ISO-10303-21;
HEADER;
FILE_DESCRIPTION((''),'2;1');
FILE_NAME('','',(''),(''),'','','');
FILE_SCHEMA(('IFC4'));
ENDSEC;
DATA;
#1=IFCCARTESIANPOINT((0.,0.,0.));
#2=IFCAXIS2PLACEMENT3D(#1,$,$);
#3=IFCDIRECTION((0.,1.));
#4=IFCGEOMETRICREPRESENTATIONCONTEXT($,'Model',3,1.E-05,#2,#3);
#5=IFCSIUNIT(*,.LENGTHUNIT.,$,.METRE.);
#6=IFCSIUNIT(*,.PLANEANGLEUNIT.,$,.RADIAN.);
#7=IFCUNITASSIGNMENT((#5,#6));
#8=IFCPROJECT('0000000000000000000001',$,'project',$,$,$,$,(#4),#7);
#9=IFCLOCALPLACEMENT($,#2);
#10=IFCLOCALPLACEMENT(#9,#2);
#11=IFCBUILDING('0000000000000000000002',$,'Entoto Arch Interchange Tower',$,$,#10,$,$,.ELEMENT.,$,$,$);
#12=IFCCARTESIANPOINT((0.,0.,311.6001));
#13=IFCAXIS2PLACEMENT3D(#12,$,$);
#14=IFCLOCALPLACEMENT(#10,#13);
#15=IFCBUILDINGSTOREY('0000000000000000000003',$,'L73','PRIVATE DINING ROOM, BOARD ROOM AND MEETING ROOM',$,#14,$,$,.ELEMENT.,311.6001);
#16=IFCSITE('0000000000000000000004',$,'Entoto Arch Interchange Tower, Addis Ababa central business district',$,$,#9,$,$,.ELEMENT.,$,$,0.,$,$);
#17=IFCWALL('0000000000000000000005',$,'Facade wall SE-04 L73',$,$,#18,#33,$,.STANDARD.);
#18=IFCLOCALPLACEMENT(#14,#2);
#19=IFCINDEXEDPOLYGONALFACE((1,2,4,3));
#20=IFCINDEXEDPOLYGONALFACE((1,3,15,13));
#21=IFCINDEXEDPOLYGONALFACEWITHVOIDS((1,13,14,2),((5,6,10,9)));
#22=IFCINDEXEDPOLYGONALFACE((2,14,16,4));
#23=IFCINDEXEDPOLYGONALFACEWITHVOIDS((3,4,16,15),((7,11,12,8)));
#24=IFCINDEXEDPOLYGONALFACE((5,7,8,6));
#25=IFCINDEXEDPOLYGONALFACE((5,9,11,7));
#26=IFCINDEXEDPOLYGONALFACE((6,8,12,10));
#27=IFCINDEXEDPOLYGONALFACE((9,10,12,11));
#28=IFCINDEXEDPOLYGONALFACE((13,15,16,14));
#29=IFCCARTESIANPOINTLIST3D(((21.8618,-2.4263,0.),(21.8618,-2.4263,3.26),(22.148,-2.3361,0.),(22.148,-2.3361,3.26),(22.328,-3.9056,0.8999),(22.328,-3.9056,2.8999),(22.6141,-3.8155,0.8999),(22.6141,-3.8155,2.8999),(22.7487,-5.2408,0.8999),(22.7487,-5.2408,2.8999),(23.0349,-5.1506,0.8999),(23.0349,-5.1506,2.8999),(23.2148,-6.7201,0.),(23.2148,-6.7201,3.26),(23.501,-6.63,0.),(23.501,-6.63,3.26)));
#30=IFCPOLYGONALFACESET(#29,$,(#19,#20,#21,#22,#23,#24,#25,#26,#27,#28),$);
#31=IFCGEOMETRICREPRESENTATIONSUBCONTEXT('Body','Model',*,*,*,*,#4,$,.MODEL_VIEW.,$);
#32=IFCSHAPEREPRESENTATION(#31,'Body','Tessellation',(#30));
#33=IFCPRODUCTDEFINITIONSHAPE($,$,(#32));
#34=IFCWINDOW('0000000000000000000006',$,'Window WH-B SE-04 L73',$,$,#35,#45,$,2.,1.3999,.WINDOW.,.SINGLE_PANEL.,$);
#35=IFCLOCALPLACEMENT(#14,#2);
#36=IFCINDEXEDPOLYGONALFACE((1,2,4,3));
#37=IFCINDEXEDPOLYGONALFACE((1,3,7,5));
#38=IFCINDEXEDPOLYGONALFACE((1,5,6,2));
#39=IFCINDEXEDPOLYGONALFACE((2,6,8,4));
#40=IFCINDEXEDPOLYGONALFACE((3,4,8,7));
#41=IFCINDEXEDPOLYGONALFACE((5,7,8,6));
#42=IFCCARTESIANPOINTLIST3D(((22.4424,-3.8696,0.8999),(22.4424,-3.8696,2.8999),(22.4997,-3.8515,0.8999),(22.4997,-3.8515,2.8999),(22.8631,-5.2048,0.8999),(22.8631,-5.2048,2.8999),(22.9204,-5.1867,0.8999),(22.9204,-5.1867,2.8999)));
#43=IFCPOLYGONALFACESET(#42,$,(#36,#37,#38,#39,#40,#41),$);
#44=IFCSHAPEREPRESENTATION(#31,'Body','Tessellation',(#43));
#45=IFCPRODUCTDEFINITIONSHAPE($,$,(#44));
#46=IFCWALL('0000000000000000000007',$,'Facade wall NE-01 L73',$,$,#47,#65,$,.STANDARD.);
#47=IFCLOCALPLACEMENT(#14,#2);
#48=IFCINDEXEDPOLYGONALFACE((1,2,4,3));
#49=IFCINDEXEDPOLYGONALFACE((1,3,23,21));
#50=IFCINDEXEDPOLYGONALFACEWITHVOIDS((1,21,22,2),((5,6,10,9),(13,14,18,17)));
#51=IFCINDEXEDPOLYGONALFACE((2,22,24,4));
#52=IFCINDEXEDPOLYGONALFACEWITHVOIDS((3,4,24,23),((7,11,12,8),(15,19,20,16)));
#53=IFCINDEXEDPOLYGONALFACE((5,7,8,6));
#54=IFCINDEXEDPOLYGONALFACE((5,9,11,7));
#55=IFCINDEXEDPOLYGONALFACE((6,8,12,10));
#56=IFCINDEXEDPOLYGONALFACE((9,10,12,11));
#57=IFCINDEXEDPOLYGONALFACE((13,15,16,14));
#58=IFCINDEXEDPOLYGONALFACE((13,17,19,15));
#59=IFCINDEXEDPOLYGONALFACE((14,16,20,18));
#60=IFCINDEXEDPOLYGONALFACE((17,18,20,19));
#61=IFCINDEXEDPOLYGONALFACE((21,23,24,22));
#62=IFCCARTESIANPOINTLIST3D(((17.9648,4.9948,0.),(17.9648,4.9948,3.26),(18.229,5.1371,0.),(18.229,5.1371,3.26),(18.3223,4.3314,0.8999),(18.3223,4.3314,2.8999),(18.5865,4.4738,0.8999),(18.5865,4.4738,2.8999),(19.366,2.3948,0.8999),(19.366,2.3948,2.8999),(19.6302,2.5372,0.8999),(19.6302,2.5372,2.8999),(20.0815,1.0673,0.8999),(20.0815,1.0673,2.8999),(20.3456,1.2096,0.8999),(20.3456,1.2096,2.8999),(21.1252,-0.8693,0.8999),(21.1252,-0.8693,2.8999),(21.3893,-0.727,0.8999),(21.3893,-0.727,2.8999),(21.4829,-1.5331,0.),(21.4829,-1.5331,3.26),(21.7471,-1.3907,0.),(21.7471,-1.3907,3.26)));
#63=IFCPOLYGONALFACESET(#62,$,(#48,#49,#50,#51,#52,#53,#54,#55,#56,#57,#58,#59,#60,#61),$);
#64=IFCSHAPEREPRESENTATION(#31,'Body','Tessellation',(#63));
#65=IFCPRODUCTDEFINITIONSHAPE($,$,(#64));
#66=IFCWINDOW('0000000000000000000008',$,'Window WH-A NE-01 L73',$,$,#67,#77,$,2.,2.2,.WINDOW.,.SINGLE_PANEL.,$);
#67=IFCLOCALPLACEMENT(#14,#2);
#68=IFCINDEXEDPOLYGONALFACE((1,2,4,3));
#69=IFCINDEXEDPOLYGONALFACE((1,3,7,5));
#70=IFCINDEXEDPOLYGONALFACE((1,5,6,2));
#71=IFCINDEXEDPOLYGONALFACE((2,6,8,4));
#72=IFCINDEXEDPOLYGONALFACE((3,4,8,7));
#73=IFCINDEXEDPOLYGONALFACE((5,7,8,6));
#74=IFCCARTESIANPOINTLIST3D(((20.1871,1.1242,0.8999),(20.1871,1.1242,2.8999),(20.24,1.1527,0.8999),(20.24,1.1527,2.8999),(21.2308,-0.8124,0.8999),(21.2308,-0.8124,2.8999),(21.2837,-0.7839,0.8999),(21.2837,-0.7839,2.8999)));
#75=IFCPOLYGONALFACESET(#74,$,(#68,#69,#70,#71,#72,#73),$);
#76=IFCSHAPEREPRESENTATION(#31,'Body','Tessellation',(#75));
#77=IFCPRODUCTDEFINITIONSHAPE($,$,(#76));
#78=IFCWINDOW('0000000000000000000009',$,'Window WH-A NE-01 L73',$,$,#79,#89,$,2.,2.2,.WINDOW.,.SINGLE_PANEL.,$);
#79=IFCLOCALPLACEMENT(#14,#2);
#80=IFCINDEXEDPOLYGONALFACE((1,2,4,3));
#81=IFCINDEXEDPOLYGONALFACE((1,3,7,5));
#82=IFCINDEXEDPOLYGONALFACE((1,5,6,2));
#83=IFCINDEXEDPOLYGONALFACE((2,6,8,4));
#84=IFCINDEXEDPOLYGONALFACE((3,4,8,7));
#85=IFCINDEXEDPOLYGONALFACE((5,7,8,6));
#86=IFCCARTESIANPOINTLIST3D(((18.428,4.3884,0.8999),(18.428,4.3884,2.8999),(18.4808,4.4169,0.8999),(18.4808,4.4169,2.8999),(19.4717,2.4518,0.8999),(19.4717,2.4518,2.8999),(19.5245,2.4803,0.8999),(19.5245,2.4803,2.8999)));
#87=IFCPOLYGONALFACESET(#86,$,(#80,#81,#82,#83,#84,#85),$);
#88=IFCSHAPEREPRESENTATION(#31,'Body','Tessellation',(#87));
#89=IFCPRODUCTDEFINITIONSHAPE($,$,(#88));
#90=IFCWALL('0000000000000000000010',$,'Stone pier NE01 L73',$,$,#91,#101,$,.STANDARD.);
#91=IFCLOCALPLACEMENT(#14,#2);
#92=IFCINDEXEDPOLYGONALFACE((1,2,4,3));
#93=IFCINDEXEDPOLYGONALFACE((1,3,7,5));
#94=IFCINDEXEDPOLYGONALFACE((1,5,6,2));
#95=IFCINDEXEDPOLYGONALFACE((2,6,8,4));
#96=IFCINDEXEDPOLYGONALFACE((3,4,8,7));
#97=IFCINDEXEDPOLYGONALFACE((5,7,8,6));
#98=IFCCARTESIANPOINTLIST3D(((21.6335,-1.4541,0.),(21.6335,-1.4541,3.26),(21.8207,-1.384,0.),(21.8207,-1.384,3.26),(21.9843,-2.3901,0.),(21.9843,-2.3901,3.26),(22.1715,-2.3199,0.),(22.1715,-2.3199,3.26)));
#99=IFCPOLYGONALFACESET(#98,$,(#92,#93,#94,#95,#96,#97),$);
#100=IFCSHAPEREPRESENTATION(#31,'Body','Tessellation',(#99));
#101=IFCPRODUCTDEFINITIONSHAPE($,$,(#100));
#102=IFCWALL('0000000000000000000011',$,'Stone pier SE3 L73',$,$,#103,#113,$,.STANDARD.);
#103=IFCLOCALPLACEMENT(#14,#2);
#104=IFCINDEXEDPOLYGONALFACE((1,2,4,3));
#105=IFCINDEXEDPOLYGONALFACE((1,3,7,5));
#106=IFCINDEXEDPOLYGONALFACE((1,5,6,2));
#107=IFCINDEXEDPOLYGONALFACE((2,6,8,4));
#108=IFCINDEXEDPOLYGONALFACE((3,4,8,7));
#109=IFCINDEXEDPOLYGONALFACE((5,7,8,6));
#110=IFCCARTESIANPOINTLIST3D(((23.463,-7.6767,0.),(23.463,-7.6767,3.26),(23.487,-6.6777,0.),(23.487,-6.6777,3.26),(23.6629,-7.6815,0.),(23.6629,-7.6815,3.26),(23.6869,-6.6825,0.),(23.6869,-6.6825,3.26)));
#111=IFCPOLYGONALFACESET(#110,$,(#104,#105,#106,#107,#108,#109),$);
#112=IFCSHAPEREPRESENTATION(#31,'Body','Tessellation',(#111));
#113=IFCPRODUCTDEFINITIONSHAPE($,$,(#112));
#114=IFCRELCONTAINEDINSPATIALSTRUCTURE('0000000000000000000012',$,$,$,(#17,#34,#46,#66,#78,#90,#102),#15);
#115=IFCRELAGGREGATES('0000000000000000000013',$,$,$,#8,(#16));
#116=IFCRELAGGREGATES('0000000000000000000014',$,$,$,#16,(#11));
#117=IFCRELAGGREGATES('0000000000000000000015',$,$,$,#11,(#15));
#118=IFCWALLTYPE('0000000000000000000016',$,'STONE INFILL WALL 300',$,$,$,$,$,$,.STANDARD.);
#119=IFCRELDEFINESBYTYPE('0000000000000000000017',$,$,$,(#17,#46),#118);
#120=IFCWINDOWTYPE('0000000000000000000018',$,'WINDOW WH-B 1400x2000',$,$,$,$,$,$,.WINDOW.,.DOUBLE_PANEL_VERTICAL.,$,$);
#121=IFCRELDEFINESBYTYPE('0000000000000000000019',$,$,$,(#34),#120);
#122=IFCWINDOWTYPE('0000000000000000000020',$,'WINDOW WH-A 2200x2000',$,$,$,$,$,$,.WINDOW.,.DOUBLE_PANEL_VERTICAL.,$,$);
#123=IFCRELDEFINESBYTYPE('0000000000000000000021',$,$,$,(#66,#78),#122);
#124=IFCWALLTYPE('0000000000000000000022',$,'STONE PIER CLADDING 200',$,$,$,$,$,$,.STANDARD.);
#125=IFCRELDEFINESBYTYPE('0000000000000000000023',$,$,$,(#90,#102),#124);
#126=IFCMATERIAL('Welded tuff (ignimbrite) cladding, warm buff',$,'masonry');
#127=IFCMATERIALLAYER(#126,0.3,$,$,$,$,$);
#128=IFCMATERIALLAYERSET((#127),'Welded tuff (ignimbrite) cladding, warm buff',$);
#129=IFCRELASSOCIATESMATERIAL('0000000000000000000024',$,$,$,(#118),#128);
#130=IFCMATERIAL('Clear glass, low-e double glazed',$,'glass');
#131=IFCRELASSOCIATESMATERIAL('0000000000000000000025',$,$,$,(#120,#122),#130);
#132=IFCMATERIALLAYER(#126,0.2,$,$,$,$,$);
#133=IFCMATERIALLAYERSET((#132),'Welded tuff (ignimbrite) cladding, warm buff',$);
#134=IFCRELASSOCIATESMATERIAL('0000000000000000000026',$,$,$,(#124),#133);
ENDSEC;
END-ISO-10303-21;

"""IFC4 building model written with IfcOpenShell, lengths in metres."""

from ifc_helpers import new_model, si_unit, direction, frame, frame_2d, origin, place, context, subcontext, project, spatial, rectangle, extrude, material, layer, layer_set, type_object, element, fill, save


model = new_model("IFC4")

# Units and contexts
model_context = context("Model", 3, precision=1e-05, world=origin(), true_north=direction((0.0, 1.0)))
body_context = subcontext(model_context, "Body", "Model", "MODEL_VIEW")
ifc_project = project(units=[si_unit("LENGTHUNIT", "METRE"), si_unit("PLANEANGLEUNIT", "RADIAN")], contexts=[model_context])

# Site, building, storey
site_placement = place(None, origin())
site = spatial("IfcSite", under=ifc_project, at=site_placement, Name="Entoto Arch Interchange Tower, Addis Ababa central business district", CompositionType="ELEMENT", RefElevation=0.0)
building_placement = place(site_placement, origin())
building = spatial("IfcBuilding", under=site, at=building_placement, Name="Entoto Arch Interchange Tower", CompositionType="ELEMENT")
storey_placement = place(building_placement, frame((0.0, 0.0, 311.6001)))
storey = spatial("IfcBuildingStorey", under=building, at=storey_placement, Name="L73", Description="PRIVATE DINING ROOM, BOARD ROOM AND MEETING ROOM", CompositionType="ELEMENT", Elevation=311.6001)

# Wall, opening, window
ifc_material_1 = material(Name="Welded tuff (ignimbrite) cladding, warm buff", Category="masonry")
ifc_layer_1 = layer(ifc_material_1, 0.3)
ifc_layer_set_1 = layer_set([ifc_layer_1], Name="Welded tuff (ignimbrite) cladding, warm buff")
wall_type_1 = type_object("IfcWallType", Name="STONE INFILL WALL 300", PredefinedType="STANDARD", material=ifc_layer_set_1)
wall_1_placement = place(storey_placement, frame((23.3579, -6.675, 0.0), z_axis=(0.0, 0.0, 1.0), x_axis=(-0.300534, 0.953771, 0.0)))
wall_1 = element("IfcWall", 1, at=wall_1_placement, inside=storey, type_object=wall_type_1, Name="Facade wall SE-04 L73", PredefinedType="STANDARD", context=body_context, shape_type="SweptSolid", body=[
    extrude(rectangle(XDim=4.502, YDim=0.3, at=frame_2d((2.251, 0.0))), origin(), (0.0, 0.0, 1.0), 3.26),
])
opening_1_placement = place(wall_1_placement, frame((1.551, 0.0, 0.8999)))
opening_1 = element("IfcOpeningElement", 2, at=opening_1_placement, cuts=wall_1, PredefinedType="OPENING", context=body_context, shape_type="SweptSolid", body=[
    extrude(rectangle(XDim=1.3999, YDim=2.0, at=frame_2d((0.7, 1.0))), frame((0.0, 0.1602, 0.0), z_axis=(0.0, -1.0, 0.0), x_axis=(1.0, 0.0, 0.0)), (0.0, 0.0, 1.0), 0.3201),
])
ifc_material_2 = material(Name="Clear glass, low-e double glazed", Category="glass")
window_type_1 = type_object("IfcWindowType", Name="WINDOW WH-B 1400x2000", PartitioningType="DOUBLE_PANEL_VERTICAL", PredefinedType="WINDOW", material=ifc_material_2)
window_1_placement = place(opening_1_placement, origin())
window_1 = element("IfcWindow", 3, at=window_1_placement, inside=storey, type_object=window_type_1, Name="Window WH-B SE-04 L73", OverallHeight=2.0, OverallWidth=1.3999, PartitioningType="SINGLE_PANEL", PredefinedType="WINDOW", context=body_context, shape_type="SweptSolid", body=[
    extrude(rectangle(XDim=1.3999, YDim=2.0, at=frame_2d((0.7, 1.0))), frame((0.0, 0.03, 0.0), z_axis=(0.0, -1.0, 0.0), x_axis=(1.0, 0.0, 0.0)), (0.0, 0.0, 1.0), 0.0601),
])
fill(opening_1, window_1)

# Wall, openings, windows
wall_2_placement = place(storey_placement, frame((21.615, -1.4619, 0.0), z_axis=(0.0, 0.0, 1.0), x_axis=(-0.474422, 0.880298, 0.0)))
wall_2 = element("IfcWall", 4, at=wall_2_placement, inside=storey, type_object=wall_type_1, Name="Facade wall NE-01 L73", PredefinedType="STANDARD", context=body_context, shape_type="SweptSolid", body=[
    extrude(rectangle(XDim=7.4155, YDim=0.3, at=frame_2d((3.7078, 0.0))), origin(), (0.0, 0.0, 1.0), 3.26),
])
opening_2_placement = place(wall_2_placement, frame((0.7539, 0.0, 0.8999)))
opening_2 = element("IfcOpeningElement", 5, at=opening_2_placement, cuts=wall_2, PredefinedType="OPENING", context=body_context, shape_type="SweptSolid", body=[
    extrude(rectangle(XDim=2.2, YDim=2.0, at=frame_2d((1.1001, 1.0))), frame((0.0, 0.1602, 0.0), z_axis=(0.0, -1.0, 0.0), x_axis=(1.0, 0.0, 0.0)), (0.0, 0.0, 1.0), 0.3201),
])
opening_3_placement = place(wall_2_placement, frame((4.4619, 0.0, 0.8999)))
opening_3 = element("IfcOpeningElement", 6, at=opening_3_placement, cuts=wall_2, PredefinedType="OPENING", context=body_context, shape_type="SweptSolid", body=[
    extrude(rectangle(XDim=2.2, YDim=2.0, at=frame_2d((1.1001, 1.0))), frame((0.0, 0.1602, 0.0), z_axis=(0.0, -1.0, 0.0), x_axis=(1.0, 0.0, 0.0)), (0.0, 0.0, 1.0), 0.3201),
])
window_type_2 = type_object("IfcWindowType", Name="WINDOW WH-A 2200x2000", PartitioningType="DOUBLE_PANEL_VERTICAL", PredefinedType="WINDOW", material=ifc_material_2)
window_2_placement = place(opening_2_placement, origin())
window_2 = element("IfcWindow", 7, at=window_2_placement, inside=storey, type_object=window_type_2, Name="Window WH-A NE-01 L73", OverallHeight=2.0, OverallWidth=2.2, PartitioningType="SINGLE_PANEL", PredefinedType="WINDOW", context=body_context, shape_type="SweptSolid", body=[
    extrude(rectangle(XDim=2.2, YDim=2.0, at=frame_2d((1.1001, 1.0))), frame((0.0, 0.03, 0.0), z_axis=(0.0, -1.0, 0.0), x_axis=(1.0, 0.0, 0.0)), (0.0, 0.0, 1.0), 0.0601),
])
fill(opening_2, window_2)
window_3_placement = place(opening_3_placement, origin())
window_3 = element("IfcWindow", 8, at=window_3_placement, inside=storey, type_object=window_type_2, Name="Window WH-A NE-01 L73", OverallHeight=2.0, OverallWidth=2.2, PartitioningType="SINGLE_PANEL", PredefinedType="WINDOW", context=body_context, shape_type="SweptSolid", body=[
    extrude(rectangle(XDim=2.2, YDim=2.0, at=frame_2d((1.1001, 1.0))), frame((0.0, 0.03, 0.0), z_axis=(0.0, -1.0, 0.0), x_axis=(1.0, 0.0, 0.0)), (0.0, 0.0, 1.0), 0.0601),
])
fill(opening_3, window_3)

# Walls
ifc_layer_2 = layer(ifc_material_1, 0.2)
ifc_layer_set_2 = layer_set([ifc_layer_2], Name="Welded tuff (ignimbrite) cladding, warm buff")
wall_type_2 = type_object("IfcWallType", Name="STONE PIER CLADDING 200", PredefinedType="STANDARD", material=ifc_layer_set_2)
wall_3_placement = place(storey_placement, frame((22.0779, -2.355, 0.0), z_axis=(0.0, 0.0, 1.0), x_axis=(-0.350963, 0.936389, 0.0)))
element("IfcWall", 9, at=wall_3_placement, inside=storey, type_object=wall_type_2, Name="Stone pier NE01 L73", PredefinedType="STANDARD", context=body_context, shape_type="SweptSolid", body=[
    extrude(rectangle(XDim=0.9995, YDim=0.2, at=frame_2d((0.4998, 0.0))), origin(), (0.0, 0.0, 1.0), 3.26),
])
wall_4_placement = place(storey_placement, frame((23.563, -7.679, 0.0), z_axis=(0.0, 0.0, 1.0), x_axis=(0.023942, 0.999713, 0.0)))
element("IfcWall", 10, at=wall_4_placement, inside=storey, type_object=wall_type_2, Name="Stone pier SE3 L73", PredefinedType="STANDARD", context=body_context, shape_type="SweptSolid", body=[
    extrude(rectangle(XDim=0.9993, YDim=0.2, at=frame_2d((0.4995, 0.0))), origin(), (0.0, 0.0, 1.0), 3.26),
])

save(model, "model.ifc")
